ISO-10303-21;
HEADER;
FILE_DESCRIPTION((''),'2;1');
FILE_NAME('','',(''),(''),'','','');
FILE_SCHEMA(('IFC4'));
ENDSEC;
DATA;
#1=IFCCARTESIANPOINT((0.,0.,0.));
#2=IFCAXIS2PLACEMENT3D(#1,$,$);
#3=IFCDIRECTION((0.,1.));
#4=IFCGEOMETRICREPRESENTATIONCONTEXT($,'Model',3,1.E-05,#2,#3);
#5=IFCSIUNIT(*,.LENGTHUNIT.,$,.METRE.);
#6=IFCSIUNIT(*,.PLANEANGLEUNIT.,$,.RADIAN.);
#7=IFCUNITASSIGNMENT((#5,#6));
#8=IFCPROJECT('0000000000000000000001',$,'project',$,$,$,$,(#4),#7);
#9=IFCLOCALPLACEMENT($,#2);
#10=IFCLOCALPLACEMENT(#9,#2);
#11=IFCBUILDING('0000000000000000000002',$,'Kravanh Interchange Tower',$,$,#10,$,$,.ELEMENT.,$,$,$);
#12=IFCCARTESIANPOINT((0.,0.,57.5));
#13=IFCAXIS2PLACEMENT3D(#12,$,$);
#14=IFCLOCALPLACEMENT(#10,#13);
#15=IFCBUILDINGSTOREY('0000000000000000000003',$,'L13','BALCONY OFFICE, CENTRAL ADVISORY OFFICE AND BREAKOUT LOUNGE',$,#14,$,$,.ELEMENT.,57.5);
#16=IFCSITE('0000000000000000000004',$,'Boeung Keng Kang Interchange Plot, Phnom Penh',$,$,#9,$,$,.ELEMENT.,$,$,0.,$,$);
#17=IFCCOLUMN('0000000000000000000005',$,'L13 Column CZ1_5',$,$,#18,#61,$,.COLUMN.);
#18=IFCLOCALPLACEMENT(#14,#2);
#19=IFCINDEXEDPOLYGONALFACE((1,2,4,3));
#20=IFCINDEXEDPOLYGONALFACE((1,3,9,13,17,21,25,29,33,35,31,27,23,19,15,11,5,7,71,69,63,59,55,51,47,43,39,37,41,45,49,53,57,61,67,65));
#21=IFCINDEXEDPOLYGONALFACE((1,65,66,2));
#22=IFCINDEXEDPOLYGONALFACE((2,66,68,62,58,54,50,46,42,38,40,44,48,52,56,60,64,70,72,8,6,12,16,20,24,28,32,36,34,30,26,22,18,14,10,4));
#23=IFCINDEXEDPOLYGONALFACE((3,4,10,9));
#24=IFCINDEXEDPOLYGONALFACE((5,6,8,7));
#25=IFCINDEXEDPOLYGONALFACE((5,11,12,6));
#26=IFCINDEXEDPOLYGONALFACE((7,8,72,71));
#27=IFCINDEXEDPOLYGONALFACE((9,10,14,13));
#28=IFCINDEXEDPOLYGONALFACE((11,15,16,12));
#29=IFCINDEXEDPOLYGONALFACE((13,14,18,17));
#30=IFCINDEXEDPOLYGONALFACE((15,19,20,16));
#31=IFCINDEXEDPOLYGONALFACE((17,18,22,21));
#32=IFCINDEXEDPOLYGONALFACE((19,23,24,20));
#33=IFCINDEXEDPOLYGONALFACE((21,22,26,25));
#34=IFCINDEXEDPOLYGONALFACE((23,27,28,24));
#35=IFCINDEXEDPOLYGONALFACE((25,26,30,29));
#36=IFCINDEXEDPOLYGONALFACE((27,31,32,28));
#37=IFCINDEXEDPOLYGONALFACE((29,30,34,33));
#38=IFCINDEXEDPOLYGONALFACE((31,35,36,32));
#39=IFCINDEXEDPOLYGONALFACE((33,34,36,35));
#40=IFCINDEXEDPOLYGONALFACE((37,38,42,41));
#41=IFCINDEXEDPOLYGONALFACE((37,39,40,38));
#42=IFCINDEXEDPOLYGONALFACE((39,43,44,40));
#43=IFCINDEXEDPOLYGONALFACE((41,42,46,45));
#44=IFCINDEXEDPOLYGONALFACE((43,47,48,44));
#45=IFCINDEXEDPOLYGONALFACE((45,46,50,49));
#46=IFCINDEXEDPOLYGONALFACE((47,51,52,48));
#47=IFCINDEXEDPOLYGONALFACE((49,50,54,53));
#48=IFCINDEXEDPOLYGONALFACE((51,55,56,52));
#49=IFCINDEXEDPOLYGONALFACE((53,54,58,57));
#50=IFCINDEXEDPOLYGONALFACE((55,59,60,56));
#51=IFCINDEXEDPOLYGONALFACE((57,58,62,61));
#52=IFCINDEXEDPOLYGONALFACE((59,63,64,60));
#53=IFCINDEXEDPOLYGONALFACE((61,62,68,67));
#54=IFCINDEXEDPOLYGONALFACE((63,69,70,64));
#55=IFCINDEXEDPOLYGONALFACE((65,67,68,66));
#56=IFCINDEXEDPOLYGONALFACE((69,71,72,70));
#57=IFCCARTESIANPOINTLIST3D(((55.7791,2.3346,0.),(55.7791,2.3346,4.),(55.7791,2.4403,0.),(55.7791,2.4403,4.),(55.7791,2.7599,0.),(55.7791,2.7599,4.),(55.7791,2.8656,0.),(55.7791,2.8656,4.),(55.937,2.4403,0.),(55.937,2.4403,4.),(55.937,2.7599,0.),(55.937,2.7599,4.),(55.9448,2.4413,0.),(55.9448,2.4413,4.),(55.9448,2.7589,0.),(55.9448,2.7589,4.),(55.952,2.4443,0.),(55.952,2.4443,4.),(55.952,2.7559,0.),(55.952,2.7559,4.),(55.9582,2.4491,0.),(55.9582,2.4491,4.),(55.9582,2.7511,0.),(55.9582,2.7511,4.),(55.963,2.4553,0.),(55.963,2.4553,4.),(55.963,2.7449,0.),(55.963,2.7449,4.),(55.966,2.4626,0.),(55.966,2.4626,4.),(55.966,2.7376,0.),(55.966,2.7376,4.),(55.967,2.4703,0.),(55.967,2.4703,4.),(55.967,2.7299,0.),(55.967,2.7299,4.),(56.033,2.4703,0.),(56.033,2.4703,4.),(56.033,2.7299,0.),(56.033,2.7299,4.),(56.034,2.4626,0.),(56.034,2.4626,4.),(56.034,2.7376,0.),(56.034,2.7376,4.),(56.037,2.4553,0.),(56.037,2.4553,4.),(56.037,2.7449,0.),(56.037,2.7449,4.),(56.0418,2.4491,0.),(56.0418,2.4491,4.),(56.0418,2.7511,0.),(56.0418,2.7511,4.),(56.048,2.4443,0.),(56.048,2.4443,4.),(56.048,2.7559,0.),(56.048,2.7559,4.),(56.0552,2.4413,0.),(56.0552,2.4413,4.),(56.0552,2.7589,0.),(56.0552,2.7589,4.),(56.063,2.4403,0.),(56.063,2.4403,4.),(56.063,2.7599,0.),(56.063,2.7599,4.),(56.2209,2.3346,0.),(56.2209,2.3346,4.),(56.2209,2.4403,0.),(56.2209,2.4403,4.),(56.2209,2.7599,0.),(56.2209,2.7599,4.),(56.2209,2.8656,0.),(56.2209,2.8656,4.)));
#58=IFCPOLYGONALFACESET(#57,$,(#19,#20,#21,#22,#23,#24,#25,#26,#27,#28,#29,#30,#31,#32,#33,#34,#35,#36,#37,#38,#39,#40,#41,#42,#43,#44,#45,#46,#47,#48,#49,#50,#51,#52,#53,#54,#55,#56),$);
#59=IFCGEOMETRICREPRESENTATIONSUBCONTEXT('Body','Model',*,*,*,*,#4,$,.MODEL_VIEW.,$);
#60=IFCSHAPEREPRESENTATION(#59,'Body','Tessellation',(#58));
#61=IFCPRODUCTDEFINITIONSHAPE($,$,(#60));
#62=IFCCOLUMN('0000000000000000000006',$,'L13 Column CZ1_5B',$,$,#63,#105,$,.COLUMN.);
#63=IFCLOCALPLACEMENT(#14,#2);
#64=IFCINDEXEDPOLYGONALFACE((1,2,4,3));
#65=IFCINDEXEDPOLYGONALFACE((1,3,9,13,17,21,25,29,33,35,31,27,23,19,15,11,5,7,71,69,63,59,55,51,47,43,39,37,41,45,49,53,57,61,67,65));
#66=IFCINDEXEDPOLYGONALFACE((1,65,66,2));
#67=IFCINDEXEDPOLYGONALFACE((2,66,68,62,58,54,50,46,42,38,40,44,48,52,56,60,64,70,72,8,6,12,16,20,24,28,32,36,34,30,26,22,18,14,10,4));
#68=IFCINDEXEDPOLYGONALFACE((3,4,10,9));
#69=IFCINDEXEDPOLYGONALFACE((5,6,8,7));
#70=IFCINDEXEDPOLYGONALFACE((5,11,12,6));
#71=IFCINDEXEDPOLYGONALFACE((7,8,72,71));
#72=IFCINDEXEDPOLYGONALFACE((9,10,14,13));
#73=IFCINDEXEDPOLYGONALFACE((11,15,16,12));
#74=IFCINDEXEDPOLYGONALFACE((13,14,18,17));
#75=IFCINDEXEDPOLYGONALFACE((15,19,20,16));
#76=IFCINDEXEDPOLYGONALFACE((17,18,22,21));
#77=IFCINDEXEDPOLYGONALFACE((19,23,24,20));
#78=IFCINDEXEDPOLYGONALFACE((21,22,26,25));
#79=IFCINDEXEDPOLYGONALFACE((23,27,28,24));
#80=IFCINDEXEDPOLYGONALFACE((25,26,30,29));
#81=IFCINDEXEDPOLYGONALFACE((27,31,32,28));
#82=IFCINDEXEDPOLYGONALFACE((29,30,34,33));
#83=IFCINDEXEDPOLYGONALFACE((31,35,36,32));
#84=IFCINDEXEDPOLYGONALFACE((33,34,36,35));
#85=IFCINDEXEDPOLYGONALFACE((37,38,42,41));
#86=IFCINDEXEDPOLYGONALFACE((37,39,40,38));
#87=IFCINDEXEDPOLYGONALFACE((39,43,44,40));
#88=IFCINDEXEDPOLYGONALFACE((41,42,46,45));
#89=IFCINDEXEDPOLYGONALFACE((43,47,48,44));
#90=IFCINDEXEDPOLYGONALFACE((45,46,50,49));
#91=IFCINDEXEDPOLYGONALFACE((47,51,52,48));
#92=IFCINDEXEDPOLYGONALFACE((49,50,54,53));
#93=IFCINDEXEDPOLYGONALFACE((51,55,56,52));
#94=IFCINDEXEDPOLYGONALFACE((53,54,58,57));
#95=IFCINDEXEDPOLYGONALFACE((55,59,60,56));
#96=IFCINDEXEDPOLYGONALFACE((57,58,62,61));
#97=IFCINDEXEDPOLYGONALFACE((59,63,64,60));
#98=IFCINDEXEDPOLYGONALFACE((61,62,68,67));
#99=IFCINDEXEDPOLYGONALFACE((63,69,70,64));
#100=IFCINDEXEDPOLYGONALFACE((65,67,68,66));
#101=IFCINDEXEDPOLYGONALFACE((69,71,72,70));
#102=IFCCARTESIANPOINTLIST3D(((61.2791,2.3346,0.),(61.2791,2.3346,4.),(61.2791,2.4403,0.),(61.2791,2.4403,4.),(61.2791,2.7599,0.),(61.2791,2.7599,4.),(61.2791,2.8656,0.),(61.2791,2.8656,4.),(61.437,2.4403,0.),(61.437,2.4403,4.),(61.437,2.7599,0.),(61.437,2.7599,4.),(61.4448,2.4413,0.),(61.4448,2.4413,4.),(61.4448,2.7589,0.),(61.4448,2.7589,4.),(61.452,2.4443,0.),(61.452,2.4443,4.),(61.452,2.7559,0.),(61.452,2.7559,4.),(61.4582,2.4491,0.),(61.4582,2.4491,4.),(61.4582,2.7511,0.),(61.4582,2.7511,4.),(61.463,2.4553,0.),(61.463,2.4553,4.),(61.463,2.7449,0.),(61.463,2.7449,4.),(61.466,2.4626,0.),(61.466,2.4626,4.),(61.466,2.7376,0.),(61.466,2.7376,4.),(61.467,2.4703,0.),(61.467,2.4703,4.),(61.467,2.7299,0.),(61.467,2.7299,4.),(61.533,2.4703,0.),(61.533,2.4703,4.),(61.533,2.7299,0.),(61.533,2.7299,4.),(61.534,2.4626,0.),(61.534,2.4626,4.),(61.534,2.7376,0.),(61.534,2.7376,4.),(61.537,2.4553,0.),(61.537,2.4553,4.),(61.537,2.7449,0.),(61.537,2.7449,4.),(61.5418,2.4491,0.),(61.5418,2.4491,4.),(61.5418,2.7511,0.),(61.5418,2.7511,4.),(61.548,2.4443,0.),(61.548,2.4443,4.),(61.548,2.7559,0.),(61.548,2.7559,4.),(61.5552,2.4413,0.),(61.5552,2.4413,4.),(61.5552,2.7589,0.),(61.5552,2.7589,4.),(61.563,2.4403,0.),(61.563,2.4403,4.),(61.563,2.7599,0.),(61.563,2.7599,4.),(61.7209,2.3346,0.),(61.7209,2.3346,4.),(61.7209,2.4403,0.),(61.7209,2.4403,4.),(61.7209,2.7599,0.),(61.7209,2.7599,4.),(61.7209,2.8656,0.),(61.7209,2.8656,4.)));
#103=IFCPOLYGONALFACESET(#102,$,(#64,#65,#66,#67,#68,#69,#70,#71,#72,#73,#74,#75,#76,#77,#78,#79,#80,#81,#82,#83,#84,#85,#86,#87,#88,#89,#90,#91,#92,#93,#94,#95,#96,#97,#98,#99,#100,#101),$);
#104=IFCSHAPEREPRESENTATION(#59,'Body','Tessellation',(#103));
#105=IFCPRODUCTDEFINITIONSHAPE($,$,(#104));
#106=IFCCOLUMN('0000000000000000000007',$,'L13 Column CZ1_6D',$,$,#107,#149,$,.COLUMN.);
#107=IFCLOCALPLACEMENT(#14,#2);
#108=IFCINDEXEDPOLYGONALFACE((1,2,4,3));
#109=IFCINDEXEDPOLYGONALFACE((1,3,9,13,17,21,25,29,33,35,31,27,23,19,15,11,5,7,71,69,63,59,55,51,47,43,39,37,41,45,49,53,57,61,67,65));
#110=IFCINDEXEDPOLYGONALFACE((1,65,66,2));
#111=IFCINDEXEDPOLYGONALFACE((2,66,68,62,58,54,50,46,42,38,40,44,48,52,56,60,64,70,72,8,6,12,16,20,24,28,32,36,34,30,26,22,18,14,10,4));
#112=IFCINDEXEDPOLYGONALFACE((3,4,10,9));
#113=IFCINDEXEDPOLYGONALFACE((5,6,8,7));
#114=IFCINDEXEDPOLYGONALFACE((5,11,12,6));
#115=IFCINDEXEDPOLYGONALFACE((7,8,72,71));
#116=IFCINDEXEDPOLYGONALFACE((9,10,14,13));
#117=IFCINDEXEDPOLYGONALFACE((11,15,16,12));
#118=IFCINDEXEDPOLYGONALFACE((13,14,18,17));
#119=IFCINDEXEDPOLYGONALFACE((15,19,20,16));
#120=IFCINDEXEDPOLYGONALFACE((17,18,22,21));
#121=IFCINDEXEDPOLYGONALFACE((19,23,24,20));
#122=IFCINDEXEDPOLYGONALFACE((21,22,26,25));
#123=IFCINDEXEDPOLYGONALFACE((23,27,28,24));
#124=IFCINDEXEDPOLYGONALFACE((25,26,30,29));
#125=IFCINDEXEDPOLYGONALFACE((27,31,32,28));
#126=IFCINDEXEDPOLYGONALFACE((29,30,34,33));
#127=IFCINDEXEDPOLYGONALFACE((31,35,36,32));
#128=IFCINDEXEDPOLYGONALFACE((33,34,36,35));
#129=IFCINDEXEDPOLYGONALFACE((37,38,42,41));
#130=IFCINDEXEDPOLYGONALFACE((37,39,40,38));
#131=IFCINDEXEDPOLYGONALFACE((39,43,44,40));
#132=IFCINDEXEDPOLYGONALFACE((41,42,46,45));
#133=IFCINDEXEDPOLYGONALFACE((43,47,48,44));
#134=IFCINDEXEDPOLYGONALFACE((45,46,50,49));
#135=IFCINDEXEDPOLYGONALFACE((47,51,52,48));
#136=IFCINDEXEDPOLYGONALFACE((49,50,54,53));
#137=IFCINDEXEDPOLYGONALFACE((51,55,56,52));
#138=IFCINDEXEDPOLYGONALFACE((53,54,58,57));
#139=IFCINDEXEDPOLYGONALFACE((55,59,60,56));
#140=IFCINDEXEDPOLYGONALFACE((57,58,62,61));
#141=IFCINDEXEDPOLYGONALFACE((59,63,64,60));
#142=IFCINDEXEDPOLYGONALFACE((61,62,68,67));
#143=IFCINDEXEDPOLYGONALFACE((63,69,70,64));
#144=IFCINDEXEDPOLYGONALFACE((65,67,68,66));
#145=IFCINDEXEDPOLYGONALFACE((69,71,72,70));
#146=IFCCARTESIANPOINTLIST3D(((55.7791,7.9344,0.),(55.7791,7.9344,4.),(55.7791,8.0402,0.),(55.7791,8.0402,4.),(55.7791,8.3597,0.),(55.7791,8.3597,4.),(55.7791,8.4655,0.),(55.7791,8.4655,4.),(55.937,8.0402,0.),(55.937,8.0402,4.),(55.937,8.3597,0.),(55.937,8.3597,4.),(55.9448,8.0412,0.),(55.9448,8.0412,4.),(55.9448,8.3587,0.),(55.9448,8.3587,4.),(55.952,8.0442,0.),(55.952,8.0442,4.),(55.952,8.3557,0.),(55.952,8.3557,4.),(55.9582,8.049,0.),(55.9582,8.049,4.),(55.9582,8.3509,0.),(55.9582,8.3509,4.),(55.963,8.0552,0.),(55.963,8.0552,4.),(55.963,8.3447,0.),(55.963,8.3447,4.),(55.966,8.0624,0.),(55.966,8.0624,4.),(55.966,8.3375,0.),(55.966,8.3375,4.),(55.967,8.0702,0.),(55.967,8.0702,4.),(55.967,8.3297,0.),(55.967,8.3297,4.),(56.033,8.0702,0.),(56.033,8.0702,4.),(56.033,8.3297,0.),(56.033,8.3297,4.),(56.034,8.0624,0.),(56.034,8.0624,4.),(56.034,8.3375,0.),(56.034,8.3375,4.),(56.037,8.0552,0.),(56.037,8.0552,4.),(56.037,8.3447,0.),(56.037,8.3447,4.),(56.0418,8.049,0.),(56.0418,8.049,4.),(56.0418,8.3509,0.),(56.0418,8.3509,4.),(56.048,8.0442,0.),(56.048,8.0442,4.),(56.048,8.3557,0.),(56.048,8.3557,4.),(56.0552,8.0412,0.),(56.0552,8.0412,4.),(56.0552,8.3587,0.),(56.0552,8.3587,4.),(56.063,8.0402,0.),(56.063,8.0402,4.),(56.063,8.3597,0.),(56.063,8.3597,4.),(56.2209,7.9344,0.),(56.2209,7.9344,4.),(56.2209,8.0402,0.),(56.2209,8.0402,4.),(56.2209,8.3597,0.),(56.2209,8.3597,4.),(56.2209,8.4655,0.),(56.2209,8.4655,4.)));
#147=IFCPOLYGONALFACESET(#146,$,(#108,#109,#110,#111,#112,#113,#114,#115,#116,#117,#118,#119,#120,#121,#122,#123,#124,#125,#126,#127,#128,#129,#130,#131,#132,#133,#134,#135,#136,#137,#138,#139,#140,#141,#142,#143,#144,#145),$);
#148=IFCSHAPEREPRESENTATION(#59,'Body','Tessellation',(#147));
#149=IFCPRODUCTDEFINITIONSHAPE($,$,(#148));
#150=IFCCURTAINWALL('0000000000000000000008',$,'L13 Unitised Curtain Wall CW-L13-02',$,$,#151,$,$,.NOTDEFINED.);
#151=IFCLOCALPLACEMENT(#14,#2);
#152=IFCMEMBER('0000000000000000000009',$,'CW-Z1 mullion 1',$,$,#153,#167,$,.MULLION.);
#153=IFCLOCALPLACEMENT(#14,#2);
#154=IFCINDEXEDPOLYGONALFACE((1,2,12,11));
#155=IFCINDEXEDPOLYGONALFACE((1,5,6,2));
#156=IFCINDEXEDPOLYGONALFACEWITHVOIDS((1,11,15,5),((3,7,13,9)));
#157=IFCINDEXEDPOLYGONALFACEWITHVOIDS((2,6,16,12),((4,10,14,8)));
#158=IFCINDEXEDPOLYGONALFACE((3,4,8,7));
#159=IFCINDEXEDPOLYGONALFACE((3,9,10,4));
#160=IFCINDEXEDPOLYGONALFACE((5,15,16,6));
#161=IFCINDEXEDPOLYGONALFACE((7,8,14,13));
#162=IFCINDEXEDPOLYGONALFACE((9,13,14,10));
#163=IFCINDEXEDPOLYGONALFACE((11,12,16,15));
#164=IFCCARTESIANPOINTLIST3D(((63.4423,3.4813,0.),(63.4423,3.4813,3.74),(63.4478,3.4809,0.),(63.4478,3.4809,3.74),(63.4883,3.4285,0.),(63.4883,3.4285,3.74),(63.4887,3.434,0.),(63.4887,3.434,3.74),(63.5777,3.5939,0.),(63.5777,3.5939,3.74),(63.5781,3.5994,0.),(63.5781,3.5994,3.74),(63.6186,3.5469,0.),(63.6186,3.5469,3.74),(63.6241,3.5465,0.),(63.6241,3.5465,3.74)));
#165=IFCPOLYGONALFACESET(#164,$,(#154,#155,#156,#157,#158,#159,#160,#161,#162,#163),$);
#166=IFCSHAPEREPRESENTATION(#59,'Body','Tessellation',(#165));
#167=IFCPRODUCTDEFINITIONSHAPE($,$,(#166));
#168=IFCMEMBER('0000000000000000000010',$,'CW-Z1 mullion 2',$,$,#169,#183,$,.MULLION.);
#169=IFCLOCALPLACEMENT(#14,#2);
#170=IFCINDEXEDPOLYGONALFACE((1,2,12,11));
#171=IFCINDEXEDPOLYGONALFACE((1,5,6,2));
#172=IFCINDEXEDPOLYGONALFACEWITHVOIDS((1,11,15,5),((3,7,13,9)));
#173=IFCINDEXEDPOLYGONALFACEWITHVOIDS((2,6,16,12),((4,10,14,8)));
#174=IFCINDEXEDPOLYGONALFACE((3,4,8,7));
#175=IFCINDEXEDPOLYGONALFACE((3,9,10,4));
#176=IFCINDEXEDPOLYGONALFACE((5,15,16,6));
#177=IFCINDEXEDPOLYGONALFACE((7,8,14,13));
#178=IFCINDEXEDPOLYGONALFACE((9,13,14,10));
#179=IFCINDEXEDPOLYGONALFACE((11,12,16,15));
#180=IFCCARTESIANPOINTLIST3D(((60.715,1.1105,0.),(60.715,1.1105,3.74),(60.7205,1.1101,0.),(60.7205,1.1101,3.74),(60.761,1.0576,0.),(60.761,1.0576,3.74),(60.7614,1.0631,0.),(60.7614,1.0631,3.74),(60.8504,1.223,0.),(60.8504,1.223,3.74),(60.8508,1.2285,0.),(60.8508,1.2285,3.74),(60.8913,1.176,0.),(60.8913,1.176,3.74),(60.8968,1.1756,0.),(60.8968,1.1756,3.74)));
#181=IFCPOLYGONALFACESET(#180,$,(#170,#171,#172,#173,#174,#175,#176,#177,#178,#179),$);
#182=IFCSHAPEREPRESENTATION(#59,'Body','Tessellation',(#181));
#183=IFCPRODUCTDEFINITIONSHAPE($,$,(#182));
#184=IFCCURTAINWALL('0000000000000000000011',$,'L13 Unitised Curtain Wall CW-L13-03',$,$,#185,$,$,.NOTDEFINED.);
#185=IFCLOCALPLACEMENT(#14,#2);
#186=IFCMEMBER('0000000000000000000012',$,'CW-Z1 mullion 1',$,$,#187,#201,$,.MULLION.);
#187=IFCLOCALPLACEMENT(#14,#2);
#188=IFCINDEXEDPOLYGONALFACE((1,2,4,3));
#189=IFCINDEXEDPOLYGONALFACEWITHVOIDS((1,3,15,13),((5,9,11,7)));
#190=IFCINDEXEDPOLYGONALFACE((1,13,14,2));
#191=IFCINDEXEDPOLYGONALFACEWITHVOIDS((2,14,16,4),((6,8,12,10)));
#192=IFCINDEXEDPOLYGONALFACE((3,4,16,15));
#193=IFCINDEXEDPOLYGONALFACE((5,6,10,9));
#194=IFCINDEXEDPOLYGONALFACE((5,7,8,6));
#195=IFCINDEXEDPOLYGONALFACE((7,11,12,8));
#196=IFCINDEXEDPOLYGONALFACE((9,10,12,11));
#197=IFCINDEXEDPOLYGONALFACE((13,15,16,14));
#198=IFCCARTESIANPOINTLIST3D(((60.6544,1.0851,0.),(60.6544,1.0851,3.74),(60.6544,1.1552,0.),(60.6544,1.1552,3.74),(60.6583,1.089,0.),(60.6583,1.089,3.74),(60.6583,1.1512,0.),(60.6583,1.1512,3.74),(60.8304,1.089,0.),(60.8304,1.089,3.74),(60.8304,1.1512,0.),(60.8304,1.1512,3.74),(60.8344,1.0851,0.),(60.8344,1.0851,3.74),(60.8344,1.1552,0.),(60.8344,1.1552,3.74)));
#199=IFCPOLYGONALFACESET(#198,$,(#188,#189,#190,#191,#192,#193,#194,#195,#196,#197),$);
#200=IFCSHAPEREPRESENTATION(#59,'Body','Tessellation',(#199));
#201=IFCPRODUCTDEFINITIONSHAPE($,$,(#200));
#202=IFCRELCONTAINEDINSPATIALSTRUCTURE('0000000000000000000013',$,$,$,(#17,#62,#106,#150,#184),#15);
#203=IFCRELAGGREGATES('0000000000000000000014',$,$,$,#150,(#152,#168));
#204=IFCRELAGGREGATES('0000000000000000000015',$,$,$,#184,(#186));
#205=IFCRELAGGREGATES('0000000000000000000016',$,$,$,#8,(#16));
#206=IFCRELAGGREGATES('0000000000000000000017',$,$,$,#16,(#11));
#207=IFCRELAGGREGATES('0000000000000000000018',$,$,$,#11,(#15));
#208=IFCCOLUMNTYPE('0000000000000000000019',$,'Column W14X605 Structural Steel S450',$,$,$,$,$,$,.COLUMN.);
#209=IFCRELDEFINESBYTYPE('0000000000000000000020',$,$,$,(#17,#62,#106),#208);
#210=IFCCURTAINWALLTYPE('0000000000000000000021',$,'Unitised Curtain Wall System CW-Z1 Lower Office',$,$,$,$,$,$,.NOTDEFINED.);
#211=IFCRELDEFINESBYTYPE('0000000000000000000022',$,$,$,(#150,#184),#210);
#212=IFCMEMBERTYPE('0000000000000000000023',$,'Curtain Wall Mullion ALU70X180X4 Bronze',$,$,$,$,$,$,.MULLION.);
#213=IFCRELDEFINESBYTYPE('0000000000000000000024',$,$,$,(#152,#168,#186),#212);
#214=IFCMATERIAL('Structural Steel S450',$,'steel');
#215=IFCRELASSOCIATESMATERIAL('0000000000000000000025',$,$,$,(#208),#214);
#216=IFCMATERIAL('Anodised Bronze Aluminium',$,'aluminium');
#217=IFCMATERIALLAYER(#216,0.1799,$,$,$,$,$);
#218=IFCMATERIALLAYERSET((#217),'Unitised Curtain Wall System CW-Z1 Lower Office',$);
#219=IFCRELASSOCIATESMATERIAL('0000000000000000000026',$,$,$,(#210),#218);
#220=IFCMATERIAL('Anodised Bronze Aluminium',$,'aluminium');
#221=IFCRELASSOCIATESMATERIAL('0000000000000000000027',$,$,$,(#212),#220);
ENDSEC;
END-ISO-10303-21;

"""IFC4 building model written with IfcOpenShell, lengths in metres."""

from ifc_helpers import new_model, si_unit, direction, frame, origin, origin_2d, place, context, subcontext, project, spatial, hollow_rectangle, i_section, extrude, material, layer, layer_set, material_profile, profile_set, type_object, element, aggregate, save


model = new_model("IFC4")

# Units and contexts
model_context = context("Model", 3, precision=1e-05, world=origin(), true_north=direction((0.0, 1.0)))
body_context = subcontext(model_context, "Body", "Model", "MODEL_VIEW")
ifc_project = project(units=[si_unit("LENGTHUNIT", "METRE"), si_unit("PLANEANGLEUNIT", "RADIAN")], contexts=[model_context])

# Site, building, storey
site_placement = place(None, origin())
site = spatial("IfcSite", under=ifc_project, at=site_placement, Name="Boeung Keng Kang Interchange Plot, Phnom Penh", CompositionType="ELEMENT", RefElevation=0.0)
building_placement = place(site_placement, origin())
building = spatial("IfcBuilding", under=site, at=building_placement, Name="Kravanh Interchange Tower", CompositionType="ELEMENT")
storey_placement = place(building_placement, frame((0.0, 0.0, 57.5)))
storey = spatial("IfcBuildingStorey", under=building, at=storey_placement, Name="L13", Description="BALCONY OFFICE, CENTRAL ADVISORY OFFICE AND BREAKOUT LOUNGE", CompositionType="ELEMENT", Elevation=57.5)

# Columns
ifc_material_1 = material(Name="Structural Steel S450", Category="steel")
ifc_material_profile_1 = material_profile(ifc_material_1, i_section(OverallWidth=0.4419, OverallDepth=0.531, WebThickness=0.0659, FlangeThickness=0.1057, FilletRadius=0.03, at=origin_2d()), Name="W14X605")
ifc_profile_set_1 = profile_set([ifc_material_profile_1], Name="Structural Steel S450")
column_type = type_object("IfcColumnType", Name="Column W14X605 Structural Steel S450", PredefinedType="COLUMN", material=ifc_profile_set_1)
for number, where, z_axis, x_axis, name in (
    (1, (56.0, 2.6001, 0.0), (0.0, 0.0, 1.0), (1.0, 0.0, 0.0), "L13 Column CZ1_5"),
    (2, (61.5, 2.6001, 0.0), (0.0, 0.0, 1.0), (1.0, 0.0, 0.0), "L13 Column CZ1_5B"),
    (3, (56.0, 8.2, 0.0), (0.0, 0.0, 1.0), (1.0, 0.0, 0.0), "L13 Column CZ1_6D"),
):
    element("IfcColumn", number, at=place(storey_placement, frame(where, z_axis=z_axis, x_axis=x_axis)), inside=storey, type_object=column_type, Name=name, PredefinedType="COLUMN", context=body_context, shape_type="SweptSolid", body=[
        extrude(i_section(OverallWidth=0.4419, OverallDepth=0.531, WebThickness=0.0659, FlangeThickness=0.1057, FilletRadius=0.03, at=origin_2d()), origin(), (0.0, 0.0, 1.0), 4.0),
    ])

# Curtain walls, members
ifc_material_2 = material(Name="Anodised Bronze Aluminium", Category="aluminium")
ifc_layer_1 = layer(ifc_material_2, 0.1799)
ifc_layer_set_1 = layer_set([ifc_layer_1], Name="Unitised Curtain Wall System CW-Z1 Lower Office")
curtain_wall_type = type_object("IfcCurtainWallType", Name="Unitised Curtain Wall System CW-Z1 Lower Office", PredefinedType="NOTDEFINED", material=ifc_layer_set_1)
curtain_wall_1_placement = place(storey_placement, origin())
curtain_wall_1 = element("IfcCurtainWall", 4, at=curtain_wall_1_placement, inside=storey, type_object=curtain_wall_type, Name="L13 Unitised Curtain Wall CW-L13-02", PredefinedType="NOTDEFINED")
ifc_material_3 = material(Name="Anodised Bronze Aluminium", Category="aluminium")
ifc_material_profile_2 = material_profile(ifc_material_3, hollow_rectangle(XDim=0.0701, YDim=0.1799, WallThickness=0.0039, at=origin_2d()), Name="ALU70X180X4")
ifc_profile_set_2 = profile_set([ifc_material_profile_2], Name="Anodised Bronze Aluminium")
member_type_1 = type_object("IfcMemberType", Name="Curtain Wall Mullion ALU70X180X4 Bronze", PredefinedType="MULLION", material=ifc_profile_set_2)
member_1_placement = place(storey_placement, frame((63.5332, 3.5139, 0.0), z_axis=(0.0, 0.0, 1.0), x_axis=(0.65606, -0.754708, 0.0)))
member_1 = element("IfcMember", 5, at=member_1_placement, type_object=member_type_1, Name="CW-Z1 mullion 1", PredefinedType="MULLION", context=body_context, shape_type="SweptSolid", body=[
    extrude(hollow_rectangle(XDim=0.0701, YDim=0.1799, WallThickness=0.0039, at=origin_2d()), origin(), (0.0, 0.0, 1.0), 3.74),
])
member_2_placement = place(storey_placement, frame((60.8059, 1.1431, 0.0), z_axis=(0.0, 0.0, 1.0), x_axis=(0.65606, -0.754708, 0.0)))
member_2 = element("IfcMember", 6, at=member_2_placement, type_object=member_type_1, Name="CW-Z1 mullion 2", PredefinedType="MULLION", context=body_context, shape_type="SweptSolid", body=[
    extrude(hollow_rectangle(XDim=0.0701, YDim=0.1799, WallThickness=0.0039, at=origin_2d()), origin(), (0.0, 0.0, 1.0), 3.74),
])
curtain_wall_2_placement = place(storey_placement, origin())
curtain_wall_2 = element("IfcCurtainWall", 7, at=curtain_wall_2_placement, inside=storey, type_object=curtain_wall_type, Name="L13 Unitised Curtain Wall CW-L13-03", PredefinedType="NOTDEFINED")
member_3_placement = place(storey_placement, frame((60.7444, 1.1201, 0.0), z_axis=(0.0, 0.0, 1.0), x_axis=(0.0, -1.0, 0.0)))
member_3 = element("IfcMember", 8, at=member_3_placement, type_object=member_type_1, Name="CW-Z1 mullion 1", PredefinedType="MULLION", context=body_context, shape_type="SweptSolid", body=[
    extrude(hollow_rectangle(XDim=0.0701, YDim=0.1799, WallThickness=0.0039, at=origin_2d()), origin(), (0.0, 0.0, 1.0), 3.74),
])

aggregate(curtain_wall_1, [member_1, member_2])
aggregate(curtain_wall_2, [member_3])

save(model, "model.ifc")
